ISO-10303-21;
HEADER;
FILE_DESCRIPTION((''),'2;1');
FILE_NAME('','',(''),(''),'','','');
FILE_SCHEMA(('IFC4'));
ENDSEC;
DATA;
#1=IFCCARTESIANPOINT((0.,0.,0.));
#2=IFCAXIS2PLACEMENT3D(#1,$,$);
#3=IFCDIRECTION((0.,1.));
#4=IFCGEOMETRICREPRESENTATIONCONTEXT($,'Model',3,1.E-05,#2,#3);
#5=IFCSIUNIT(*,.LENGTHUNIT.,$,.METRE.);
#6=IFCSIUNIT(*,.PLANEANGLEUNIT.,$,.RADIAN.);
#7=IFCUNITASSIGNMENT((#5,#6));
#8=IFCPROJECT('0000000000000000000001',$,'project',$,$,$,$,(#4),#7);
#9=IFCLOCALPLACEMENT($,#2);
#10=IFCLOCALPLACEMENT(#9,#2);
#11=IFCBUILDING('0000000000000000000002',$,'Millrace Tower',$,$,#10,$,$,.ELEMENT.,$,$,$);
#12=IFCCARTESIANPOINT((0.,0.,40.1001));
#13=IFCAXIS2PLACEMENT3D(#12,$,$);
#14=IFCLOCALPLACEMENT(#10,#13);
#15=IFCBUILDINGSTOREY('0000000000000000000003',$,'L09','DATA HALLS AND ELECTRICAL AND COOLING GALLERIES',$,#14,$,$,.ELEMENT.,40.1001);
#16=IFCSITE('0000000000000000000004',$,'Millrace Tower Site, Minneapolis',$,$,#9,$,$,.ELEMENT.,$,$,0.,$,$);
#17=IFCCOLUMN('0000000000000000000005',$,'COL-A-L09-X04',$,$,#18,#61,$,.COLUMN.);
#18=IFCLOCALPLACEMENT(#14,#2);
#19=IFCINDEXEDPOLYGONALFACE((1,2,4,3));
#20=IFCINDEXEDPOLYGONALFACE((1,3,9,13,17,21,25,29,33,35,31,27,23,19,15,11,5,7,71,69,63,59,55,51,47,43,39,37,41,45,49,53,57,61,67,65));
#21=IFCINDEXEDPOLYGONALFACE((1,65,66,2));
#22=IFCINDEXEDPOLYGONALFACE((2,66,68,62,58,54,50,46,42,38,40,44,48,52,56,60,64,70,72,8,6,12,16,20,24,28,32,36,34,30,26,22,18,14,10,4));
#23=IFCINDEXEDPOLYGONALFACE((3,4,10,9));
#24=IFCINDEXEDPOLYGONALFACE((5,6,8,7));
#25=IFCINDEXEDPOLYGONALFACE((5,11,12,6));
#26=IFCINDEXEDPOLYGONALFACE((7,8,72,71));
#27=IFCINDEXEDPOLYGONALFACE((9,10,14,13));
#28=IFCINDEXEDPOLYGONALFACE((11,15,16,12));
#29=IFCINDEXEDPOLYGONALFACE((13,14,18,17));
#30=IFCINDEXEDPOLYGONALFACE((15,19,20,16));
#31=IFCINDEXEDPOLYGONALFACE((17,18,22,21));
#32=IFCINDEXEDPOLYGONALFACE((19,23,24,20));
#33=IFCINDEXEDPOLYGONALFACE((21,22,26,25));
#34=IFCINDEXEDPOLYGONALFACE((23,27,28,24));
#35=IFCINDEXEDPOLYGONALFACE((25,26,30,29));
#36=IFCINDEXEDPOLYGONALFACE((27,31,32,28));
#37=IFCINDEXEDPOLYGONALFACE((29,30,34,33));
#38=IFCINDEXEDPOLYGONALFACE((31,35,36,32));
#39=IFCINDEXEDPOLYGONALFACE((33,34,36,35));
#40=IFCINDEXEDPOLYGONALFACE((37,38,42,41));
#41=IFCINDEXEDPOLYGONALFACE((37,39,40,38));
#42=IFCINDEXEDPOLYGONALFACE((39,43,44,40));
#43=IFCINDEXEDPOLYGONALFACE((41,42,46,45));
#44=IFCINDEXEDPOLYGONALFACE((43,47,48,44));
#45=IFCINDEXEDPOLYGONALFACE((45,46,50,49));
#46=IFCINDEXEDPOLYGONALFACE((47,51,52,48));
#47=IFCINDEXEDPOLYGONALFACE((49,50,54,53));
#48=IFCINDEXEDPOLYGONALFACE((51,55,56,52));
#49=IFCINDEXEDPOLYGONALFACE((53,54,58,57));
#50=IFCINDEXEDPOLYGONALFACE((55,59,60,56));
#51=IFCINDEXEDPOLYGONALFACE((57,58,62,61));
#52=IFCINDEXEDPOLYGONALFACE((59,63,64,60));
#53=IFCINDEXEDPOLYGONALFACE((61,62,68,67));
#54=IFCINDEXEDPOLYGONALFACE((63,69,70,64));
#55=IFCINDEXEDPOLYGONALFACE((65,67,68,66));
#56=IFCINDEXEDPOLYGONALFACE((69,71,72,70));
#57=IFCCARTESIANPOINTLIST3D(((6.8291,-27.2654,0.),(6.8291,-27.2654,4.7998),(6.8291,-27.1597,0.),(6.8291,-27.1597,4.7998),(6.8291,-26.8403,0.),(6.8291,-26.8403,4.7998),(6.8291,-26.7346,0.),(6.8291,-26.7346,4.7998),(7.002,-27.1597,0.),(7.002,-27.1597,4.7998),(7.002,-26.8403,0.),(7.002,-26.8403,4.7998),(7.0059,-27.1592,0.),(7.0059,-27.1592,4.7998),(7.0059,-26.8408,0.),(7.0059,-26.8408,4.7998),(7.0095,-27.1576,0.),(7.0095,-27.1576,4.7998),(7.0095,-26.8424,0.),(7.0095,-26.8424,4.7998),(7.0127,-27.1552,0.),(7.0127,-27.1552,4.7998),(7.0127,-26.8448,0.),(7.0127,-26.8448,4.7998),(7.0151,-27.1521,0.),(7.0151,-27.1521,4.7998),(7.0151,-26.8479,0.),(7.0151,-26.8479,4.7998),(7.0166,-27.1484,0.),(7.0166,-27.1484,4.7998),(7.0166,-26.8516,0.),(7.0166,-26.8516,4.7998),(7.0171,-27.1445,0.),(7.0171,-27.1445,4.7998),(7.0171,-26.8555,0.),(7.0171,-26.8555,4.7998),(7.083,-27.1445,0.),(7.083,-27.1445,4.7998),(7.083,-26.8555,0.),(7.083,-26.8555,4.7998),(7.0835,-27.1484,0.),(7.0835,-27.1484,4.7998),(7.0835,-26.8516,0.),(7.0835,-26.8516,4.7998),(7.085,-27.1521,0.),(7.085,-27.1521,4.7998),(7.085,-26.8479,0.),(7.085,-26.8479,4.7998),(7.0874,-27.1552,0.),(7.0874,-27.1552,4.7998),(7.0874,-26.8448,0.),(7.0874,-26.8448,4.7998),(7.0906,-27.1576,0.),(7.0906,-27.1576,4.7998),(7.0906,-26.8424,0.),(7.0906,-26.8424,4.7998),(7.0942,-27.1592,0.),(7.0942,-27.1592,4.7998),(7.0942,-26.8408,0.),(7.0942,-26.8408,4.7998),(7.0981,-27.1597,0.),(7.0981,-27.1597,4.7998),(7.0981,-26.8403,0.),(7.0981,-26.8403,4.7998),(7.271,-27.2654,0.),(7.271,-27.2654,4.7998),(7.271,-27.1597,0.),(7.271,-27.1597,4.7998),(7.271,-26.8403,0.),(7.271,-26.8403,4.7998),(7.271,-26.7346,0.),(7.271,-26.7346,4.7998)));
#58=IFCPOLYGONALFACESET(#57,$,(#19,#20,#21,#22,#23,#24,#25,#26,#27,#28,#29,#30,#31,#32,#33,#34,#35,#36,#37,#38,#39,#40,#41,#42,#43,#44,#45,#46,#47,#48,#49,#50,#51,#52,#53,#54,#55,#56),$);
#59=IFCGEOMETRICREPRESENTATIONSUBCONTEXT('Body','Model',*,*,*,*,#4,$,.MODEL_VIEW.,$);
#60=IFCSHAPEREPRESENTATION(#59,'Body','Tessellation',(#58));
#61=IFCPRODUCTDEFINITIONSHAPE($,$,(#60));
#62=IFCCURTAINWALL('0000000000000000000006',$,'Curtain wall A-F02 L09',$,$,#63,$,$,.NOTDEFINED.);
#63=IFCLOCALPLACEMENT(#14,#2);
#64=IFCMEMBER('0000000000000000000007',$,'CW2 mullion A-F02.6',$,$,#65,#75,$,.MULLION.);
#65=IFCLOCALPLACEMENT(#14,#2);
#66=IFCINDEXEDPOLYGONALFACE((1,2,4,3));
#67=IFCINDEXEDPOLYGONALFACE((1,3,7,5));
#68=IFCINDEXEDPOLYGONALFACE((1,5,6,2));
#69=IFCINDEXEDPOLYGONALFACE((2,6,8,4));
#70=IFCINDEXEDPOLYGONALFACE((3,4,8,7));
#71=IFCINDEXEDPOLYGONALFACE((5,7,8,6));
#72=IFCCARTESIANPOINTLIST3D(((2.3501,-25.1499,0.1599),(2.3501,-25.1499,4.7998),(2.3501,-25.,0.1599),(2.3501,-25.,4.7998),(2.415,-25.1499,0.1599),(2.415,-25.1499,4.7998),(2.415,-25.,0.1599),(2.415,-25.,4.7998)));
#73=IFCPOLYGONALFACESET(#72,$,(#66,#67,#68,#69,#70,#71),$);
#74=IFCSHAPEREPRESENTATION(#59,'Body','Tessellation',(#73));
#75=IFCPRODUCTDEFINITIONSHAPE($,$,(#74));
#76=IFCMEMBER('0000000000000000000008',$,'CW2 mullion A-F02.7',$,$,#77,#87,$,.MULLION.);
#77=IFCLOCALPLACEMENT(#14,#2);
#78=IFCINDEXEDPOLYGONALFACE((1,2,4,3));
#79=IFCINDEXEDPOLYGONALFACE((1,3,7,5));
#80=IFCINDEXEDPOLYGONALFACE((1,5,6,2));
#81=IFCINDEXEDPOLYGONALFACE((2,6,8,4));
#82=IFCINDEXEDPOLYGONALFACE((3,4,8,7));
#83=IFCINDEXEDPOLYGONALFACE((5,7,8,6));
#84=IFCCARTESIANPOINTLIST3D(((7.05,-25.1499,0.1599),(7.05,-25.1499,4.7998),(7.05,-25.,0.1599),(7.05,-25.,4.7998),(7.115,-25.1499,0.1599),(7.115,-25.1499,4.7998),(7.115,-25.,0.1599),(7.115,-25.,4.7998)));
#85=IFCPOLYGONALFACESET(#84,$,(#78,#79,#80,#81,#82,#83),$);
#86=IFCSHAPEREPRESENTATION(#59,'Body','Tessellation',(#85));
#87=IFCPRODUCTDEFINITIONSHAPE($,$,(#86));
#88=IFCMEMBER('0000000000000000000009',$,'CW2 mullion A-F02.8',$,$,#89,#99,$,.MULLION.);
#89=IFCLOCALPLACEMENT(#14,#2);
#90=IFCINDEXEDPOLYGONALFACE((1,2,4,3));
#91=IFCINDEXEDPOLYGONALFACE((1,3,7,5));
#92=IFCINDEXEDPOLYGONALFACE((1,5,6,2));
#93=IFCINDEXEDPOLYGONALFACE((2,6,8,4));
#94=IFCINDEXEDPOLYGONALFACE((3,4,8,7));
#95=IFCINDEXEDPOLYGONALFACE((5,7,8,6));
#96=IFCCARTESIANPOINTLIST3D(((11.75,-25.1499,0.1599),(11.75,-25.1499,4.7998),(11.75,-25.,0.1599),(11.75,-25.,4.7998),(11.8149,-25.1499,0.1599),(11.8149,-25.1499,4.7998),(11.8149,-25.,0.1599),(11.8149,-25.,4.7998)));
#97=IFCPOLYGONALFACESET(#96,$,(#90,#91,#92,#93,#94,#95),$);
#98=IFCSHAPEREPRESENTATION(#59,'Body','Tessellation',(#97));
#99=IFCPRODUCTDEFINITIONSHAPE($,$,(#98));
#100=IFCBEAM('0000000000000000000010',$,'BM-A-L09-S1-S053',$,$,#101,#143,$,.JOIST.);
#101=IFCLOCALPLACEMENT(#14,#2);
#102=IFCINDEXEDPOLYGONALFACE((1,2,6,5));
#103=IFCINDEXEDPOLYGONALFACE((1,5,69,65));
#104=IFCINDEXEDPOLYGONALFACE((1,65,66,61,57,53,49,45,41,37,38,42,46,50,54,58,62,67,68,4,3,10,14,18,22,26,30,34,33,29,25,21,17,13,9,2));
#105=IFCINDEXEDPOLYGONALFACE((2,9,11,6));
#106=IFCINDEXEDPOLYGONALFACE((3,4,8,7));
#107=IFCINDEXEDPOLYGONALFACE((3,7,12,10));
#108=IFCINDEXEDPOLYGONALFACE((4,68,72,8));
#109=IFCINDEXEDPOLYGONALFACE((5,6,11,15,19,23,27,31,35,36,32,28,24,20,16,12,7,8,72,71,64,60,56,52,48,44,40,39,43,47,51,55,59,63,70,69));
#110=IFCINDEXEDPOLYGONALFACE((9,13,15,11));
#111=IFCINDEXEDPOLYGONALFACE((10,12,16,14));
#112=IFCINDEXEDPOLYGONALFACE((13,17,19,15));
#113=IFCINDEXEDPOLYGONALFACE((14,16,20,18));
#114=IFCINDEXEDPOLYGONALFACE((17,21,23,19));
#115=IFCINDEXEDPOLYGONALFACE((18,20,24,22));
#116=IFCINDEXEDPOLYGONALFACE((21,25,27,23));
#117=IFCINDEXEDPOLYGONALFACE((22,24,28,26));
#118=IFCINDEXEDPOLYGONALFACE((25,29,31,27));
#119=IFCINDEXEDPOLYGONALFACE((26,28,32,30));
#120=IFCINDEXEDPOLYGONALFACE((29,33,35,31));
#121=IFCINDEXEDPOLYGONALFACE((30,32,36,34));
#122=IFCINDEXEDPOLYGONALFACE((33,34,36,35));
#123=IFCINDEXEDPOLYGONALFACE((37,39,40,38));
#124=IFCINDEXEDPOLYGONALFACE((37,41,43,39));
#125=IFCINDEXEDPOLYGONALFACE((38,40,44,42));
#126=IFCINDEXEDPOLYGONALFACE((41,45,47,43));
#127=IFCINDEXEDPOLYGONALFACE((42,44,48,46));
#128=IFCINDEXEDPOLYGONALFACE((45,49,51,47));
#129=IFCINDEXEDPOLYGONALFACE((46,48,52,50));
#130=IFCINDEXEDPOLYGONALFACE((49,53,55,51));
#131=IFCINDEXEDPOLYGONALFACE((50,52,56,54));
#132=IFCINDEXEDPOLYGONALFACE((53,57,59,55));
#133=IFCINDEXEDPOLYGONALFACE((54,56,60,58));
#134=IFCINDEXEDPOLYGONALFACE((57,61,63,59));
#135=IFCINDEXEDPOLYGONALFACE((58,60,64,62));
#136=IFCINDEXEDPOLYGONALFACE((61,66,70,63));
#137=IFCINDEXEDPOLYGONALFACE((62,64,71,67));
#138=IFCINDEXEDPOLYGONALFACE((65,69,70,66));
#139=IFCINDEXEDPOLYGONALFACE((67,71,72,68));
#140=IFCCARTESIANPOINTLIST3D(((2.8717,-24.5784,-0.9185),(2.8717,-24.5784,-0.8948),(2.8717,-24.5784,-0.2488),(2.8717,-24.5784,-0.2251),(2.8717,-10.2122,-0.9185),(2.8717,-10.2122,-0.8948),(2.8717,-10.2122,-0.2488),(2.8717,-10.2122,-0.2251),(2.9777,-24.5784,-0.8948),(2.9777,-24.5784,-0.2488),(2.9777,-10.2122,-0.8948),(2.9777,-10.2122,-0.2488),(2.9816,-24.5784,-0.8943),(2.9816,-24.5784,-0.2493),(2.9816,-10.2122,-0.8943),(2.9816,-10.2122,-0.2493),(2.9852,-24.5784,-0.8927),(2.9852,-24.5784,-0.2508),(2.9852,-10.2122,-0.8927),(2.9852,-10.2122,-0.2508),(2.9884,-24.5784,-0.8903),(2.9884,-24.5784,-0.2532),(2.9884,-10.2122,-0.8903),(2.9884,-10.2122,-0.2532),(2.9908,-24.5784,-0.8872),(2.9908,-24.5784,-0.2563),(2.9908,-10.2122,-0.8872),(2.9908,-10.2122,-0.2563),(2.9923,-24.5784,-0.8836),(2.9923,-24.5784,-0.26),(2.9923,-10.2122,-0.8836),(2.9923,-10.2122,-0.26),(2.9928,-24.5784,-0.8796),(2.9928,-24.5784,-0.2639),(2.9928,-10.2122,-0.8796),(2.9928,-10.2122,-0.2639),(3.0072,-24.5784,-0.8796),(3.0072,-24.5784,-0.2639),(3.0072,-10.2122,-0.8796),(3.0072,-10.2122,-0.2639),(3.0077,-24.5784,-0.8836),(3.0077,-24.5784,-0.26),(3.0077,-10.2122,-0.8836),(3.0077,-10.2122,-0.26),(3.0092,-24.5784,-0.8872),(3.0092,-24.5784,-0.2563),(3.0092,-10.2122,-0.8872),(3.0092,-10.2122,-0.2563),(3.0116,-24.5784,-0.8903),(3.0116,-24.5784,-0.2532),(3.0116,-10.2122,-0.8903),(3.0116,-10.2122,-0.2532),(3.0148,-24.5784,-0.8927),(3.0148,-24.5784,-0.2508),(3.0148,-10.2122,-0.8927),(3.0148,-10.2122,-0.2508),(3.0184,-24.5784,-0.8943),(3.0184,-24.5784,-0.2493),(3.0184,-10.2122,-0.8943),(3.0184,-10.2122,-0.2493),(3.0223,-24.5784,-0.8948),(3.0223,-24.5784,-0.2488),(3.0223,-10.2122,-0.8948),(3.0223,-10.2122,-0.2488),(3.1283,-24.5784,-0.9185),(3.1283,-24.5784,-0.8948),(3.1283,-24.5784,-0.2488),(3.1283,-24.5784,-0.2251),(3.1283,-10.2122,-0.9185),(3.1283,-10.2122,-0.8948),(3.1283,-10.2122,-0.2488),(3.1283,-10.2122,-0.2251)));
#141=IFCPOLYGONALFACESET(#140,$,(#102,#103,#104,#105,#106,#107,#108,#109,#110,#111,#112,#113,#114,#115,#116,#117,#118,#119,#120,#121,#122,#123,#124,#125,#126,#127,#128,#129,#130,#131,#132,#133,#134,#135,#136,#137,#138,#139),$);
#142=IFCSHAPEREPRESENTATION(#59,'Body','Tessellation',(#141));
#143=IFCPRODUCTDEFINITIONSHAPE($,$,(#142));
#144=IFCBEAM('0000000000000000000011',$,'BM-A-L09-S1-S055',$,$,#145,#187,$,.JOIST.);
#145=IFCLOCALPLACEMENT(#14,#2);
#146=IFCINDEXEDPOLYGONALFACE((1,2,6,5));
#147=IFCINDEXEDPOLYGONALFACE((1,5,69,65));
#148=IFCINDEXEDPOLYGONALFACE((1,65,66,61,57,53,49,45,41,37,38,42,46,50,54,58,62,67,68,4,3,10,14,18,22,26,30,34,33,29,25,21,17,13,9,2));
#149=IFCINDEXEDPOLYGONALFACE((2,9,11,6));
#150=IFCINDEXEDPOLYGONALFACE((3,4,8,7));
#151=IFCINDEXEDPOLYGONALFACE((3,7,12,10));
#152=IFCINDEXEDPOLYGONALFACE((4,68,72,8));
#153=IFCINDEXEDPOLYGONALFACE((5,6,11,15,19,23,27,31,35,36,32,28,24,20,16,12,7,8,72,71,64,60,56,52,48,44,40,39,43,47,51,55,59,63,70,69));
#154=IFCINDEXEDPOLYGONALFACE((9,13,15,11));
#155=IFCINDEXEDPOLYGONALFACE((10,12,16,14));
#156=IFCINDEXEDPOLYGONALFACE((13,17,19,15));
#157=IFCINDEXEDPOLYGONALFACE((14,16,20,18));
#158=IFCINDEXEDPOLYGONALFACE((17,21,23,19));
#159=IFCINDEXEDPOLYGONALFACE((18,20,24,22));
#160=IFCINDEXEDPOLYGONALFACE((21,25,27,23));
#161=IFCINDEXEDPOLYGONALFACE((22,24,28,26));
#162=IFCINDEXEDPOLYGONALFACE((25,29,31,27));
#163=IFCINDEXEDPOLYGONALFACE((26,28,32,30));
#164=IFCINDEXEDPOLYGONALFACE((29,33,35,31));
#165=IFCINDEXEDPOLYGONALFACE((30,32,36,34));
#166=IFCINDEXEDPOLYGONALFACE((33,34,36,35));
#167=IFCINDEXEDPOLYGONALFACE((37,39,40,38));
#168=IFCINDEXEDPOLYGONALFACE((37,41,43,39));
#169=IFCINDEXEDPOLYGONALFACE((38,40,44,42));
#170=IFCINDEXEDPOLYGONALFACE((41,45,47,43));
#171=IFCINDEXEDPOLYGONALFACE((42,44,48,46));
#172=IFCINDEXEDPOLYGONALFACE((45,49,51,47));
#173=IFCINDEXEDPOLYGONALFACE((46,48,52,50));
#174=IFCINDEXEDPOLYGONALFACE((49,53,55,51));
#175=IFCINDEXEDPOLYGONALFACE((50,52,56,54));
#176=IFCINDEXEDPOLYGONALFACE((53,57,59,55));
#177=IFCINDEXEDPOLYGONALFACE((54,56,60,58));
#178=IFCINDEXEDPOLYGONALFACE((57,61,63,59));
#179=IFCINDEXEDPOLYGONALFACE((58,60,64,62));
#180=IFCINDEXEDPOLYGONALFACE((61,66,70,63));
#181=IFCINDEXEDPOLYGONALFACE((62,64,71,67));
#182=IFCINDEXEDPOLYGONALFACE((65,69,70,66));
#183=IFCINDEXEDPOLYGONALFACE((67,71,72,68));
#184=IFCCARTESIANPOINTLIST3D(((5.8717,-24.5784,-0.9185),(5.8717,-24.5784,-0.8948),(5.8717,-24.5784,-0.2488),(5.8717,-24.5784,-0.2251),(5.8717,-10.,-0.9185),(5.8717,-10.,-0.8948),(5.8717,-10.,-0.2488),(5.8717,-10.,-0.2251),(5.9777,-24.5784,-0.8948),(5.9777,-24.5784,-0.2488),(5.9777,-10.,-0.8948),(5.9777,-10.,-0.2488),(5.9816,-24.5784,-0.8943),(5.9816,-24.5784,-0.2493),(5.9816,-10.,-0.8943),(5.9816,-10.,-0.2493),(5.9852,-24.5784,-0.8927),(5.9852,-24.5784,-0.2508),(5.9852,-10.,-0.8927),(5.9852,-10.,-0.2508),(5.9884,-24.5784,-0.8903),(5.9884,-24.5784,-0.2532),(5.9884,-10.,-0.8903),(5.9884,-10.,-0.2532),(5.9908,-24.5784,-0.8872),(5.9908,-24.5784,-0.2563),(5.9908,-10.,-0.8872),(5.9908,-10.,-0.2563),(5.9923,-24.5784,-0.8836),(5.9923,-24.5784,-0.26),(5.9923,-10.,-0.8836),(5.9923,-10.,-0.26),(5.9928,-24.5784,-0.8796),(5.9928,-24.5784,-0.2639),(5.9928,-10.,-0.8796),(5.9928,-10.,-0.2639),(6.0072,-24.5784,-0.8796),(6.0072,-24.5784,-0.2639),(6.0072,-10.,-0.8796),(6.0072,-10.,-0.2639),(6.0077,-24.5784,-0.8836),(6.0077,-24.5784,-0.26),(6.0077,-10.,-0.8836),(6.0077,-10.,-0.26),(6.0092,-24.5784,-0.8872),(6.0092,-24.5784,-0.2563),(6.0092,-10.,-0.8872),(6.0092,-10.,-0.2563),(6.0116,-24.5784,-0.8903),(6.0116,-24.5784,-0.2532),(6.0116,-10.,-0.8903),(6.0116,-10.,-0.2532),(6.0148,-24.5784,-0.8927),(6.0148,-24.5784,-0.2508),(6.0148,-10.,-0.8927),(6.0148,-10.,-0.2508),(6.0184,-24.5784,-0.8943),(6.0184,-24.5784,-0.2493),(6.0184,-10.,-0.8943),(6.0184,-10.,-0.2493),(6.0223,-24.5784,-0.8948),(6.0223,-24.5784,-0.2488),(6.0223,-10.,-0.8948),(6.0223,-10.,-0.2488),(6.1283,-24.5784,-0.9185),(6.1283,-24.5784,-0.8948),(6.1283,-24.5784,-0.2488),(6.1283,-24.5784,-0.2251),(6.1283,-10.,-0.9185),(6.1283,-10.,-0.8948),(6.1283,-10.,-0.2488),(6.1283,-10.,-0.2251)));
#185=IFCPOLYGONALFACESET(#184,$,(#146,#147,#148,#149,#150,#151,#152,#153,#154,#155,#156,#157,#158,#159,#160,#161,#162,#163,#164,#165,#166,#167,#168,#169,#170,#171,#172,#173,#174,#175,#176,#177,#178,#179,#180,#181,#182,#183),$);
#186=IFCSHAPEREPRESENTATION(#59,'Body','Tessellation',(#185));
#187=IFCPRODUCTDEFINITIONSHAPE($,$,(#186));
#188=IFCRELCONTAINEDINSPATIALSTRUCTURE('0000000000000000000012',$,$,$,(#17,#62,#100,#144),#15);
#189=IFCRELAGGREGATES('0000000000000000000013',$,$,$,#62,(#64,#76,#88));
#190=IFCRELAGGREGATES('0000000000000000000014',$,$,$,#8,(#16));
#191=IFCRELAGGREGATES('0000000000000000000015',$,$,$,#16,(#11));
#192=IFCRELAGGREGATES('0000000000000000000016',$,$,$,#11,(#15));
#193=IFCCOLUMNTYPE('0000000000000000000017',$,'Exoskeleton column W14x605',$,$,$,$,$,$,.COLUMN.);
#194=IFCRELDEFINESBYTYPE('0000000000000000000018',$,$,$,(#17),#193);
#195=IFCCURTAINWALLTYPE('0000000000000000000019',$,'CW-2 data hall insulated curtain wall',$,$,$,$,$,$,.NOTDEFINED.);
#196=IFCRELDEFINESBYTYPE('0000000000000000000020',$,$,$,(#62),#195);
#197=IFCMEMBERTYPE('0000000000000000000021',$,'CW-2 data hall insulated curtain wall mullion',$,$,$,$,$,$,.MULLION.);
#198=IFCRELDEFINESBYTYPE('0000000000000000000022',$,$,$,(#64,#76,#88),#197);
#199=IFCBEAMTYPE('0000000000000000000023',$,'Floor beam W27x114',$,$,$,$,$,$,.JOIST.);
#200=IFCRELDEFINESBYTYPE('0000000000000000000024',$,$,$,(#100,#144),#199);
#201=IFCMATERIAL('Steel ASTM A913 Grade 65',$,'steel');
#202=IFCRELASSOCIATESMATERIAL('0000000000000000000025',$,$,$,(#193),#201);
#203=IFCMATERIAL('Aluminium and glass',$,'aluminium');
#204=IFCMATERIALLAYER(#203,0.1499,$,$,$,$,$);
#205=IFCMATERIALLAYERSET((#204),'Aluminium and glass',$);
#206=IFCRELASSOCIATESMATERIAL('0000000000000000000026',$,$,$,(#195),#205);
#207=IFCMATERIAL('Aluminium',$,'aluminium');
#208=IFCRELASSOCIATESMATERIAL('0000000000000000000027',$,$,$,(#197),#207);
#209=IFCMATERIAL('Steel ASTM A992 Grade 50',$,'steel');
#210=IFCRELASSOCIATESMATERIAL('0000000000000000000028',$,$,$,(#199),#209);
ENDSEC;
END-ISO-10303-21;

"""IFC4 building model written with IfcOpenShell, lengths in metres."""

from ifc_helpers import new_model, si_unit, direction, frame, origin, origin_2d, place, context, subcontext, project, spatial, rectangle, i_section, extrude, material, layer, layer_set, material_profile, profile_set, type_object, element, aggregate, save


model = new_model("IFC4")

# Units and contexts
model_context = context("Model", 3, precision=1e-05, world=origin(), true_north=direction((0.0, 1.0)))
body_context = subcontext(model_context, "Body", "Model", "MODEL_VIEW")
ifc_project = project(units=[si_unit("LENGTHUNIT", "METRE"), si_unit("PLANEANGLEUNIT", "RADIAN")], contexts=[model_context])

# Site, building, storey
site_placement = place(None, origin())
site = spatial("IfcSite", under=ifc_project, at=site_placement, Name="Millrace Tower Site, Minneapolis", CompositionType="ELEMENT", RefElevation=0.0)
building_placement = place(site_placement, origin())
building = spatial("IfcBuilding", under=site, at=building_placement, Name="Millrace Tower", CompositionType="ELEMENT")
storey_placement = place(building_placement, frame((0.0, 0.0, 40.1001)))
storey = spatial("IfcBuildingStorey", under=building, at=storey_placement, Name="L09", Description="DATA HALLS AND ELECTRICAL AND COOLING GALLERIES", CompositionType="ELEMENT", Elevation=40.1001)

# Column
ifc_material_1 = material(Name="Steel ASTM A913 Grade 65", Category="steel")
ifc_material_profile_1 = material_profile(ifc_material_1, i_section(OverallWidth=0.4419, OverallDepth=0.5308, WebThickness=0.0659, FlangeThickness=0.1057, FilletRadius=0.0151, at=origin_2d()))
ifc_profile_set_1 = profile_set([ifc_material_profile_1], Name="Steel ASTM A913 Grade 65")
column_type = type_object("IfcColumnType", Name="Exoskeleton column W14x605", PredefinedType="COLUMN", material=ifc_profile_set_1)
column_placement = place(storey_placement, frame((7.05, -27.0, 0.0), z_axis=(0.0, 0.0, 1.0), x_axis=(1.0, 0.0, 0.0)))
element("IfcColumn", 1, at=column_placement, inside=storey, type_object=column_type, Name="COL-A-L09-X04", PredefinedType="COLUMN", context=body_context, shape_type="SweptSolid", body=[
    extrude(i_section(OverallWidth=0.4419, OverallDepth=0.5308, WebThickness=0.0659, FlangeThickness=0.1057, FilletRadius=0.0151, at=origin_2d()), origin(), (0.0, 0.0, 1.0), 4.7998),
])

# Curtain wall, members
ifc_material_2 = material(Name="Aluminium and glass", Category="aluminium")
ifc_layer_1 = layer(ifc_material_2, 0.1499)
ifc_layer_set_1 = layer_set([ifc_layer_1], Name="Aluminium and glass")
curtain_wall_type = type_object("IfcCurtainWallType", Name="CW-2 data hall insulated curtain wall", PredefinedType="NOTDEFINED", material=ifc_layer_set_1)
placement = place(storey_placement, origin())
curtain_wall = element("IfcCurtainWall", 2, at=placement, inside=storey, type_object=curtain_wall_type, Name="Curtain wall A-F02 L09", PredefinedType="NOTDEFINED")
ifc_material_3 = material(Name="Aluminium", Category="aluminium")
ifc_material_profile_2 = material_profile(ifc_material_3, rectangle(XDim=0.0649, YDim=0.1499, at=origin_2d()))
ifc_profile_set_2 = profile_set([ifc_material_profile_2], Name="Aluminium")
member_type = type_object("IfcMemberType", Name="CW-2 data hall insulated curtain wall mullion", PredefinedType="MULLION", material=ifc_profile_set_2)
member_1_placement = place(storey_placement, frame((2.3826, -25.075, 0.1599), z_axis=(0.0, 0.0, 1.0), x_axis=(1.0, 0.0, 0.0)))
member_1 = element("IfcMember", 3, at=member_1_placement, type_object=member_type, Name="CW2 mullion A-F02.6", PredefinedType="MULLION", context=body_context, shape_type="SweptSolid", body=[
    extrude(rectangle(XDim=0.0649, YDim=0.1499, at=origin_2d()), origin(), (0.0, 0.0, 1.0), 4.6399),
])
member_2_placement = place(storey_placement, frame((7.0825, -25.075, 0.1599), z_axis=(0.0, 0.0, 1.0), x_axis=(1.0, 0.0, 0.0)))
member_2 = element("IfcMember", 4, at=member_2_placement, type_object=member_type, Name="CW2 mullion A-F02.7", PredefinedType="MULLION", context=body_context, shape_type="SweptSolid", body=[
    extrude(rectangle(XDim=0.0649, YDim=0.1499, at=origin_2d()), origin(), (0.0, 0.0, 1.0), 4.6399),
])
member_3_placement = place(storey_placement, frame((11.7825, -25.075, 0.1599), z_axis=(0.0, 0.0, 1.0), x_axis=(1.0, 0.0, 0.0)))
member_3 = element("IfcMember", 5, at=member_3_placement, type_object=member_type, Name="CW2 mullion A-F02.8", PredefinedType="MULLION", context=body_context, shape_type="SweptSolid", body=[
    extrude(rectangle(XDim=0.0649, YDim=0.1499, at=origin_2d()), origin(), (0.0, 0.0, 1.0), 4.6399),
])
aggregate(curtain_wall, [member_1, member_2, member_3])

# Beams
ifc_material_4 = material(Name="Steel ASTM A992 Grade 50", Category="steel")
ifc_material_profile_3 = material_profile(ifc_material_4, i_section(OverallWidth=0.2566, OverallDepth=0.6934, WebThickness=0.0144, FlangeThickness=0.0237, FilletRadius=0.0151, at=origin_2d()))
ifc_profile_set_3 = profile_set([ifc_material_profile_3], Name="Steel ASTM A992 Grade 50")
beam_type_1 = type_object("IfcBeamType", Name="Floor beam W27x114", PredefinedType="JOIST", material=ifc_profile_set_3)
beam_1_placement = place(storey_placement, frame((3.0, -24.5784, -0.5718), z_axis=(0.0, 1.0, 0.0), x_axis=(-1.0, 0.0, 0.0)))
element("IfcBeam", 6, at=beam_1_placement, inside=storey, type_object=beam_type_1, Name="BM-A-L09-S1-S053", PredefinedType="JOIST", context=body_context, shape_type="SweptSolid", body=[
    extrude(i_section(OverallWidth=0.2566, OverallDepth=0.6934, WebThickness=0.0144, FlangeThickness=0.0237, FilletRadius=0.0151, at=origin_2d()), origin(), (0.0, 0.0, 1.0), 14.3662),
])
for number, where, z_axis, x_axis, name in (
    (7, (6.0, -24.5784, -0.5718), (0.0, 1.0, 0.0), (-1.0, 0.0, 0.0), "BM-A-L09-S1-S055"),
):
    element("IfcBeam", number, at=place(storey_placement, frame(where, z_axis=z_axis, x_axis=x_axis)), inside=storey, type_object=beam_type_1, Name=name, PredefinedType="JOIST", context=body_context, shape_type="SweptSolid", body=[
        extrude(i_section(OverallWidth=0.2566, OverallDepth=0.6934, WebThickness=0.0144, FlangeThickness=0.0237, FilletRadius=0.0151, at=origin_2d()), origin(), (0.0, 0.0, 1.0), 14.5784),
    ])

save(model, "model.ifc")
